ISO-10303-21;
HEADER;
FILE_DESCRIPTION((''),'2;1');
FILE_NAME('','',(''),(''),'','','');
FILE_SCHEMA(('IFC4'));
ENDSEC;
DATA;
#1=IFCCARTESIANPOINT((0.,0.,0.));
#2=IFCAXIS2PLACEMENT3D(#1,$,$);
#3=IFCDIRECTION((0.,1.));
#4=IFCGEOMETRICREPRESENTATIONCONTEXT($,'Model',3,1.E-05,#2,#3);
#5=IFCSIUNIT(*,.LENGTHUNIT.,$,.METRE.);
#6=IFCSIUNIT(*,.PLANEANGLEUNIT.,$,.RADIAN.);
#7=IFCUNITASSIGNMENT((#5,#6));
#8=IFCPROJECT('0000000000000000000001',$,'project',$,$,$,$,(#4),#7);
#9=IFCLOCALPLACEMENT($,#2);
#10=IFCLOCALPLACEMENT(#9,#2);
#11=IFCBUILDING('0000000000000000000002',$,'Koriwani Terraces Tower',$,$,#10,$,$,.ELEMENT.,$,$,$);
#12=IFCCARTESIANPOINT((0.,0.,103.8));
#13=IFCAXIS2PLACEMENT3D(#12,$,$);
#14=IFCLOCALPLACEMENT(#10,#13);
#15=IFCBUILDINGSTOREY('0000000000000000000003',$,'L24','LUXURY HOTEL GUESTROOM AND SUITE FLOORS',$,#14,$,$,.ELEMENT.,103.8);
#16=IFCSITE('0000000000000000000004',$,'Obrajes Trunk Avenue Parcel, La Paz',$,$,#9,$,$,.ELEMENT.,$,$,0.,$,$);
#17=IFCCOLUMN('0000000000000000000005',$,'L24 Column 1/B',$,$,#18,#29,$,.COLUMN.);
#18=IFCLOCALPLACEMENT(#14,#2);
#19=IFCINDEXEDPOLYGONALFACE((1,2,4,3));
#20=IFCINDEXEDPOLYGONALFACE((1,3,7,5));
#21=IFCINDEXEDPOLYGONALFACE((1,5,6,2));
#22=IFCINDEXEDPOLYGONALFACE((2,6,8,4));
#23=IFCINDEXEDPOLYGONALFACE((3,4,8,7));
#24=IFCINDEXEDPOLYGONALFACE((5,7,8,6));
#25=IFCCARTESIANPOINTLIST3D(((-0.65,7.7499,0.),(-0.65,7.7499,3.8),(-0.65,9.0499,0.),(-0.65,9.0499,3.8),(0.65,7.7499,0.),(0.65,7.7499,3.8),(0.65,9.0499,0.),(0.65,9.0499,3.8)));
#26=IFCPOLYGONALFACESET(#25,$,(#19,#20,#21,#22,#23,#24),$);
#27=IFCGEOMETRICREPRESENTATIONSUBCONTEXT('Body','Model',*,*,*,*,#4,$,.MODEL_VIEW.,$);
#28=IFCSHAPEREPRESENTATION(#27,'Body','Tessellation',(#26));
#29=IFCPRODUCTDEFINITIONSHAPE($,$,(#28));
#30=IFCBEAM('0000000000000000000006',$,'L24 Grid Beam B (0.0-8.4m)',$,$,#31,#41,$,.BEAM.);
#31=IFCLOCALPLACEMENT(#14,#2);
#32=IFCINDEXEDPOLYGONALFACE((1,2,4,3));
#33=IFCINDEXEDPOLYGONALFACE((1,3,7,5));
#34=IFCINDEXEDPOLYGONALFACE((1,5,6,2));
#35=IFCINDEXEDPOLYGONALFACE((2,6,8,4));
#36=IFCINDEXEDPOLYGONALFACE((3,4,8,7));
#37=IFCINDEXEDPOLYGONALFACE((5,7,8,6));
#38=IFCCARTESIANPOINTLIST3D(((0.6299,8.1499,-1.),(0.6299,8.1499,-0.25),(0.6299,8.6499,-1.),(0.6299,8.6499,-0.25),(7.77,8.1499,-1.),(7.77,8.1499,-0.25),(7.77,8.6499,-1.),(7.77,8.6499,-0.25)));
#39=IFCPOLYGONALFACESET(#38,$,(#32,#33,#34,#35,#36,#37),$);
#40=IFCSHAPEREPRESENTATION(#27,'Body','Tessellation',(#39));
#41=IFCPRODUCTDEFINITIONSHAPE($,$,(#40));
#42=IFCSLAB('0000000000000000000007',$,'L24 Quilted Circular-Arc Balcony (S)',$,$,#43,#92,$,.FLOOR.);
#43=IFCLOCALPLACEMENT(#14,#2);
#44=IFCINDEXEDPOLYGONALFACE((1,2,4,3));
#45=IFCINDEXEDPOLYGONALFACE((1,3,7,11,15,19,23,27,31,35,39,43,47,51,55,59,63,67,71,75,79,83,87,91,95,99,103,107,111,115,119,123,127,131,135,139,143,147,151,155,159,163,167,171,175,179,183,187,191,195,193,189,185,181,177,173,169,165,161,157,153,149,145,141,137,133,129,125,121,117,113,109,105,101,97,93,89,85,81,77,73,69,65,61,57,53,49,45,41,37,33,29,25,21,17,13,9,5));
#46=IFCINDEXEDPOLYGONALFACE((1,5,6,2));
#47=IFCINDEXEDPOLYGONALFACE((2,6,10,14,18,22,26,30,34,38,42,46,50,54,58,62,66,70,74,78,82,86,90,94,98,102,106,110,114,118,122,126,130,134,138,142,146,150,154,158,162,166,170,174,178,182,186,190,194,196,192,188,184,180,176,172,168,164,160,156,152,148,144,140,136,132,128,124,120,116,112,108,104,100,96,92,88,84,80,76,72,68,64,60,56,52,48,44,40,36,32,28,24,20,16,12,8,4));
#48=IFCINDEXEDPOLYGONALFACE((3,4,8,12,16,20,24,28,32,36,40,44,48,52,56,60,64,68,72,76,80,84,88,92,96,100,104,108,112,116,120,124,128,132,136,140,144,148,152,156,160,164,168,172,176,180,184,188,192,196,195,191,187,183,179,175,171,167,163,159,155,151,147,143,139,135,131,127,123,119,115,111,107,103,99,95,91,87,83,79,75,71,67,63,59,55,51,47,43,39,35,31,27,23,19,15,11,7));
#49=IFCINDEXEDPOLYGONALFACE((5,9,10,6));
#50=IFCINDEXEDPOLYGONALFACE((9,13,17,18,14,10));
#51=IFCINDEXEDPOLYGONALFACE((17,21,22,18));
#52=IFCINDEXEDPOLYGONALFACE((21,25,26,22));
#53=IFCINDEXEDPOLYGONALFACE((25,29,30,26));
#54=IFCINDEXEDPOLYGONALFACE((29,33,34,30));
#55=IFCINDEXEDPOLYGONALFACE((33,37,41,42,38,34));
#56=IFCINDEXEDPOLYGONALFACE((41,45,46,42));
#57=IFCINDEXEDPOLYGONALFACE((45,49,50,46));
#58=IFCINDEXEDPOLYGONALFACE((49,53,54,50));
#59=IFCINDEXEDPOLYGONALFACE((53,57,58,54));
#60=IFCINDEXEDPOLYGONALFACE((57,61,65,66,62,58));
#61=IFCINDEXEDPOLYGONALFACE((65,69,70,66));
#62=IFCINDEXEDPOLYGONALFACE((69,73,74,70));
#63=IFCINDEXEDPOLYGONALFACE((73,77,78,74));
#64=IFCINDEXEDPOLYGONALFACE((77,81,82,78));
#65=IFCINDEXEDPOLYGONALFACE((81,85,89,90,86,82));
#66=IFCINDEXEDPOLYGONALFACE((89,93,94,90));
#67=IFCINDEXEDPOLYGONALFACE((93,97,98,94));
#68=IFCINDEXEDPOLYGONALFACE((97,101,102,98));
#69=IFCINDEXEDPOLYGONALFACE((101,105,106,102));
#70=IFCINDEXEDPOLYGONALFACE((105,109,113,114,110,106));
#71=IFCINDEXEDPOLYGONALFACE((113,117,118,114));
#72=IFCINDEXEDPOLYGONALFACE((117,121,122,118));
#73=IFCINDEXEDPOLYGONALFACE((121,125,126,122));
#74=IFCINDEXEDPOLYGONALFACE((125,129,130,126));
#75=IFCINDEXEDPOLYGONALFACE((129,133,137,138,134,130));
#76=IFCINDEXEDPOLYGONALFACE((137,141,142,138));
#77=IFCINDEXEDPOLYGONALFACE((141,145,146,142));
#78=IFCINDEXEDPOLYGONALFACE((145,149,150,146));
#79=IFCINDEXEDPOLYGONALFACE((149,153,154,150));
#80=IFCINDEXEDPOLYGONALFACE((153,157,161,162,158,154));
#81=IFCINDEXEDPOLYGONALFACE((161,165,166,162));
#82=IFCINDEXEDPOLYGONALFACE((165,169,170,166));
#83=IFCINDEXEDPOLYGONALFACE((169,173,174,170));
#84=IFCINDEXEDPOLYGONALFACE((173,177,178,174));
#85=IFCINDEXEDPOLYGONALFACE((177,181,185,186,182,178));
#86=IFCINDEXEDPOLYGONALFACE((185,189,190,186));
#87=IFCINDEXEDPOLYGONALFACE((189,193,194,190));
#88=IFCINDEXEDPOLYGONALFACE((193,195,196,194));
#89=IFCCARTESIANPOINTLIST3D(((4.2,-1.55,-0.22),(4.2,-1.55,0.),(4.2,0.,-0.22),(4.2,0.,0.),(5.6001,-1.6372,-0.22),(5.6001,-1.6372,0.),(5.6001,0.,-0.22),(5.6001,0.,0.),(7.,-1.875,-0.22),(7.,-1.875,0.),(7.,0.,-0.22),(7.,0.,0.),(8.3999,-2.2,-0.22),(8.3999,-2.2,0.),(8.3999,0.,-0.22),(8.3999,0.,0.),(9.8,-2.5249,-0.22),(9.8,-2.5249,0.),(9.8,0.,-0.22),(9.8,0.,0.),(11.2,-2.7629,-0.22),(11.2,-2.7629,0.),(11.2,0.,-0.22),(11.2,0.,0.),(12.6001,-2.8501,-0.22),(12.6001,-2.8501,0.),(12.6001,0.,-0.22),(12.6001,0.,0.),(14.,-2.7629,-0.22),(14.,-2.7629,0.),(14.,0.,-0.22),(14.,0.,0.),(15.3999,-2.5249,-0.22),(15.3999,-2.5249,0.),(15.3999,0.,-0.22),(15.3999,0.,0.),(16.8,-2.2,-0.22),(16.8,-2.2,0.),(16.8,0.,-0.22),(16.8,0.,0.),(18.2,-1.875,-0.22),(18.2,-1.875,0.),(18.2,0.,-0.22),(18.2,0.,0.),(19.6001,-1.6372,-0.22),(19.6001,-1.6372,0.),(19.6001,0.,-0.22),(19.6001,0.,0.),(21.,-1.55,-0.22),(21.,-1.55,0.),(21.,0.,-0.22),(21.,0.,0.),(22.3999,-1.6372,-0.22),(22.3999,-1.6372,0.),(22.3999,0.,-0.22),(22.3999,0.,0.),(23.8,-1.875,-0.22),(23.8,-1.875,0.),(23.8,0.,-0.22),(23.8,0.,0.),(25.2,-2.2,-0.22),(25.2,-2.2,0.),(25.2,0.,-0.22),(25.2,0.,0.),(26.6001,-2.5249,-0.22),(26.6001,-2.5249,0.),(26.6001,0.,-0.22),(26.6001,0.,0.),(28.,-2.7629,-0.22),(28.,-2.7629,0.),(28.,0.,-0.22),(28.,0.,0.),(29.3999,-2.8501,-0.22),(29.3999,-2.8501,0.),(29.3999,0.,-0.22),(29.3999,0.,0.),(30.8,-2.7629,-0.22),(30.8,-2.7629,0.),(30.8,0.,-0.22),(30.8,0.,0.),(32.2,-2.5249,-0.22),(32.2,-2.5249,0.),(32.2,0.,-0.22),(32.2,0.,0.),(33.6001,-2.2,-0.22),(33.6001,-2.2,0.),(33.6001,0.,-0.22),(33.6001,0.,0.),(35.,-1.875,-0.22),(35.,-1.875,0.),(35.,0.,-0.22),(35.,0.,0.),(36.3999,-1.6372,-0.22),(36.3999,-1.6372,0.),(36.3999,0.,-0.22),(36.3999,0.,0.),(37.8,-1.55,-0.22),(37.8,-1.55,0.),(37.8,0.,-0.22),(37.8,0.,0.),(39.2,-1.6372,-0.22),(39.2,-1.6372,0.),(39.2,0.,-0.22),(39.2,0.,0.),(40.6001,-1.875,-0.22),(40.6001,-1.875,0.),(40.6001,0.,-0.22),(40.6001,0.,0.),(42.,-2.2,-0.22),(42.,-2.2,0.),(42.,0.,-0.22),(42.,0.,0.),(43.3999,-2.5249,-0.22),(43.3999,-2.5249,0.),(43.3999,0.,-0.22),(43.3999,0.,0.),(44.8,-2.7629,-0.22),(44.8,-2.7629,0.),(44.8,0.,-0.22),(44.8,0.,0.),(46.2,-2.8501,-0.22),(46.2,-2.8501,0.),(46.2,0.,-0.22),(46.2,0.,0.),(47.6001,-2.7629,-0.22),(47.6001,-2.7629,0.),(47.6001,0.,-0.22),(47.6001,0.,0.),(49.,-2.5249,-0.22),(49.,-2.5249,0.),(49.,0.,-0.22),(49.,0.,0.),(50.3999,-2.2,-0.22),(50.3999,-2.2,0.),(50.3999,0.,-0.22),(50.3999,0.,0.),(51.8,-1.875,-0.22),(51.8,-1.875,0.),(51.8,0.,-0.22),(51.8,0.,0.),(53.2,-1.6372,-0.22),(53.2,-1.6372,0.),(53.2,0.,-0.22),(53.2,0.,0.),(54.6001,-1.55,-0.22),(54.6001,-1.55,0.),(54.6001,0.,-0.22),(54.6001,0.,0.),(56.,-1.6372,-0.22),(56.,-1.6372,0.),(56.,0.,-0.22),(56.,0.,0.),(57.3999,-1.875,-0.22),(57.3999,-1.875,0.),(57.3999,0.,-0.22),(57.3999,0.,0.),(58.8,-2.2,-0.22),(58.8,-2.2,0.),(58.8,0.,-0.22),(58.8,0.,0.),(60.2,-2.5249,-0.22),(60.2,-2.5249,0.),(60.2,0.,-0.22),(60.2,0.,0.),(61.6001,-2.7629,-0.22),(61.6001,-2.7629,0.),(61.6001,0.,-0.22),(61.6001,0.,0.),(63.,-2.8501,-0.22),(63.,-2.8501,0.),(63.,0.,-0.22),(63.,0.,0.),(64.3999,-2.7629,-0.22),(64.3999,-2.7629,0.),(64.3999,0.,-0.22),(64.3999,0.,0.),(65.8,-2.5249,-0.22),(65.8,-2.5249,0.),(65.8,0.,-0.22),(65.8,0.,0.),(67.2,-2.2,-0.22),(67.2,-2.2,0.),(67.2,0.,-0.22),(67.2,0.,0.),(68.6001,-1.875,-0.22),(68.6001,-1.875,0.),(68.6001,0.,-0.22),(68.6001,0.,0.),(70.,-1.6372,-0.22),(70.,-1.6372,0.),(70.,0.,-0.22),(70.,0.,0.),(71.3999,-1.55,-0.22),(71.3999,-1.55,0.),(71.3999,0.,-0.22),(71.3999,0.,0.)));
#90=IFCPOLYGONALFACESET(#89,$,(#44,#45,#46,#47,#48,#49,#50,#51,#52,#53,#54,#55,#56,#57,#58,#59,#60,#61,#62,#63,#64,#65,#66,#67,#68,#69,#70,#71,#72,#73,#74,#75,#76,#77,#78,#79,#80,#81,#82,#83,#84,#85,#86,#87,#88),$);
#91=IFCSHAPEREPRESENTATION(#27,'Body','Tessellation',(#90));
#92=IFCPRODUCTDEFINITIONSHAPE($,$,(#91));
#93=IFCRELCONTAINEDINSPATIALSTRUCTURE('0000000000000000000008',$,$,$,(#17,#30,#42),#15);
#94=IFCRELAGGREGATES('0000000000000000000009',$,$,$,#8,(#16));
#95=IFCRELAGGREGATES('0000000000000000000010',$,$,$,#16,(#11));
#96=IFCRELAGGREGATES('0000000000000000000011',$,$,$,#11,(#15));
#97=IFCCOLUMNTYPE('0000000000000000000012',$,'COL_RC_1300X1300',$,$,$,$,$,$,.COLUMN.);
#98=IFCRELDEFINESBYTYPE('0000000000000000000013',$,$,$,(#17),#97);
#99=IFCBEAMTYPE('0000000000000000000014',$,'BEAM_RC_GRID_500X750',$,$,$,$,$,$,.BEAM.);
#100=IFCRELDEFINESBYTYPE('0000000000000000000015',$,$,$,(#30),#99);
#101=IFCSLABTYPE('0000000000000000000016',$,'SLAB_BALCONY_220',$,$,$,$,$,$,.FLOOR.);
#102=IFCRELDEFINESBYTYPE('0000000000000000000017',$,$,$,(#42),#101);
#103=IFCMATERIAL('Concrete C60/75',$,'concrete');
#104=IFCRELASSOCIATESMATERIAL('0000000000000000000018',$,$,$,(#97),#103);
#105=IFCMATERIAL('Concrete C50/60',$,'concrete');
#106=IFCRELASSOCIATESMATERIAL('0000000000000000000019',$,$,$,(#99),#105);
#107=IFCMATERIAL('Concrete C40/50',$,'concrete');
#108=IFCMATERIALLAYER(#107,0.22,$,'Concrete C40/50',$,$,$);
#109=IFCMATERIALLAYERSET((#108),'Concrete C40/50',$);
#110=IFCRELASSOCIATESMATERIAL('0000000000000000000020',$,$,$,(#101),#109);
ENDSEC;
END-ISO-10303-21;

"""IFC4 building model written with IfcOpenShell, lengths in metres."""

from ifc_helpers import new_model, si_unit, direction, frame, origin, origin_2d, place, context, subcontext, project, spatial, polyline, rectangle, outline, extrude, material, layer, layer_set, material_profile, profile_set, type_object, element, save


model = new_model("IFC4")

# Units and contexts
model_context = context("Model", 3, precision=1e-05, world=origin(), true_north=direction((0.0, 1.0)))
body_context = subcontext(model_context, "Body", "Model", "MODEL_VIEW")
ifc_project = project(units=[si_unit("LENGTHUNIT", "METRE"), si_unit("PLANEANGLEUNIT", "RADIAN")], contexts=[model_context])

# Site, building, storey
site_placement = place(None, origin())
site = spatial("IfcSite", under=ifc_project, at=site_placement, Name="Obrajes Trunk Avenue Parcel, La Paz", CompositionType="ELEMENT", RefElevation=0.0)
building_placement = place(site_placement, origin())
building = spatial("IfcBuilding", under=site, at=building_placement, Name="Koriwani Terraces Tower", CompositionType="ELEMENT")
storey_placement = place(building_placement, frame((0.0, 0.0, 103.8)))
storey = spatial("IfcBuildingStorey", under=building, at=storey_placement, Name="L24", Description="LUXURY HOTEL GUESTROOM AND SUITE FLOORS", CompositionType="ELEMENT", Elevation=103.8)

# Column
ifc_material_1 = material(Name="Concrete C60/75", Category="concrete")
ifc_material_profile_1 = material_profile(ifc_material_1, rectangle(XDim=1.3, YDim=1.3, at=origin_2d()), Name="Concrete C60/75", Category="LoadBearing")
ifc_profile_set_1 = profile_set([ifc_material_profile_1], Name="Concrete C60/75")
column_type = type_object("IfcColumnType", Name="COL_RC_1300X1300", PredefinedType="COLUMN", material=ifc_profile_set_1)
column_placement = place(storey_placement, frame((0.0, 8.3999, 0.0), z_axis=(0.0, 0.0, 1.0), x_axis=(1.0, 0.0, 0.0)))
element("IfcColumn", 1, at=column_placement, inside=storey, type_object=column_type, Name="L24 Column 1/B", PredefinedType="COLUMN", context=body_context, shape_type="SweptSolid", body=[
    extrude(rectangle(XDim=1.3, YDim=1.3, at=origin_2d()), origin(), (0.0, 0.0, 1.0), 3.8),
])

# Beam
ifc_material_2 = material(Name="Concrete C50/60", Category="concrete")
ifc_material_profile_2 = material_profile(ifc_material_2, rectangle(XDim=0.5, YDim=0.75, at=origin_2d()), Name="Concrete C50/60", Category="LoadBearing")
ifc_profile_set_2 = profile_set([ifc_material_profile_2], Name="Concrete C50/60")
beam_type = type_object("IfcBeamType", Name="BEAM_RC_GRID_500X750", PredefinedType="BEAM", material=ifc_profile_set_2)
beam_placement = place(storey_placement, frame((0.6299, 8.3999, -0.625), z_axis=(1.0, 0.0, 0.0), x_axis=(0.0, 1.0, 0.0)))
element("IfcBeam", 2, at=beam_placement, inside=storey, type_object=beam_type, Name="L24 Grid Beam B (0.0-8.4m)", PredefinedType="BEAM", context=body_context, shape_type="SweptSolid", body=[
    extrude(rectangle(XDim=0.5, YDim=0.75, at=origin_2d()), origin(), (0.0, 0.0, 1.0), 7.1401),
])

# Slab
ifc_material_3 = material(Name="Concrete C40/50", Category="concrete")
ifc_layer_1 = layer(ifc_material_3, 0.22, Name="Concrete C40/50")
ifc_layer_set_1 = layer_set([ifc_layer_1], Name="Concrete C40/50")
slab_type_1 = type_object("IfcSlabType", Name="SLAB_BALCONY_220", PredefinedType="FLOOR", material=ifc_layer_set_1)
slab_1_placement = place(storey_placement, frame((0.0, 0.0, -0.22)))
element("IfcSlab", 3, at=slab_1_placement, inside=storey, type_object=slab_type_1, Name="L24 Quilted Circular-Arc Balcony (S)", PredefinedType="FLOOR", context=body_context, shape_type="SweptSolid", body=[
    extrude(outline(polyline([(4.2, 0.0), (5.6001, 0.0), (7.0, 0.0), (8.3999, 0.0), (9.8, 0.0), (11.2, 0.0), (12.6001, 0.0), (14.0, 0.0), (15.3999, 0.0), (16.8, 0.0), (18.2, 0.0), (19.6001, 0.0), (21.0, 0.0), (22.3999, 0.0), (23.8, 0.0), (25.2, 0.0), (26.6001, 0.0), (28.0, 0.0), (29.3999, 0.0), (30.8, 0.0), (32.2, 0.0), (33.6001, 0.0), (35.0, 0.0), (36.3999, 0.0), (37.8, 0.0), (39.2, 0.0), (40.6001, 0.0), (42.0, 0.0), (43.3999, 0.0), (44.8, 0.0), (46.2, 0.0), (47.6001, 0.0), (49.0, 0.0), (50.3999, 0.0), (51.8, 0.0), (53.2, 0.0), (54.6001, 0.0), (56.0, 0.0), (57.3999, 0.0), (58.8, 0.0), (60.2, 0.0), (61.6001, 0.0), (63.0, 0.0), (64.3999, 0.0), (65.8, 0.0), (67.2, 0.0), (68.6001, 0.0), (70.0, 0.0), (71.3999, 0.0), (71.3999, -1.55), (70.0, -1.6372), (68.6001, -1.875), (67.2, -2.2), (65.8, -2.5249), (64.3999, -2.7629), (63.0, -2.8501), (61.6001, -2.7629), (60.2, -2.5249), (58.8, -2.2), (57.3999, -1.875), (56.0, -1.6372), (54.6001, -1.55), (53.2, -1.6372), (51.8, -1.875), (50.3999, -2.2), (49.0, -2.5249), (47.6001, -2.7629), (46.2, -2.8501), (44.8, -2.7629), (43.3999, -2.5249), (42.0, -2.2), (40.6001, -1.875), (39.2, -1.6372), (37.8, -1.55), (36.3999, -1.6372), (35.0, -1.875), (33.6001, -2.2), (32.2, -2.5249), (30.8, -2.7629), (29.3999, -2.8501), (28.0, -2.7629), (26.6001, -2.5249), (25.2, -2.2), (23.8, -1.875), (22.3999, -1.6372), (21.0, -1.55), (19.6001, -1.6372), (18.2, -1.875), (16.8, -2.2), (15.3999, -2.5249), (14.0, -2.7629), (12.6001, -2.8501), (11.2, -2.7629), (9.8, -2.5249), (8.3999, -2.2), (7.0, -1.875), (5.6001, -1.6372), (4.2, -1.55), (4.2, 0.0)])), origin(), (0.0, 0.0, 1.0), 0.22),
])

save(model, "model.ifc")
